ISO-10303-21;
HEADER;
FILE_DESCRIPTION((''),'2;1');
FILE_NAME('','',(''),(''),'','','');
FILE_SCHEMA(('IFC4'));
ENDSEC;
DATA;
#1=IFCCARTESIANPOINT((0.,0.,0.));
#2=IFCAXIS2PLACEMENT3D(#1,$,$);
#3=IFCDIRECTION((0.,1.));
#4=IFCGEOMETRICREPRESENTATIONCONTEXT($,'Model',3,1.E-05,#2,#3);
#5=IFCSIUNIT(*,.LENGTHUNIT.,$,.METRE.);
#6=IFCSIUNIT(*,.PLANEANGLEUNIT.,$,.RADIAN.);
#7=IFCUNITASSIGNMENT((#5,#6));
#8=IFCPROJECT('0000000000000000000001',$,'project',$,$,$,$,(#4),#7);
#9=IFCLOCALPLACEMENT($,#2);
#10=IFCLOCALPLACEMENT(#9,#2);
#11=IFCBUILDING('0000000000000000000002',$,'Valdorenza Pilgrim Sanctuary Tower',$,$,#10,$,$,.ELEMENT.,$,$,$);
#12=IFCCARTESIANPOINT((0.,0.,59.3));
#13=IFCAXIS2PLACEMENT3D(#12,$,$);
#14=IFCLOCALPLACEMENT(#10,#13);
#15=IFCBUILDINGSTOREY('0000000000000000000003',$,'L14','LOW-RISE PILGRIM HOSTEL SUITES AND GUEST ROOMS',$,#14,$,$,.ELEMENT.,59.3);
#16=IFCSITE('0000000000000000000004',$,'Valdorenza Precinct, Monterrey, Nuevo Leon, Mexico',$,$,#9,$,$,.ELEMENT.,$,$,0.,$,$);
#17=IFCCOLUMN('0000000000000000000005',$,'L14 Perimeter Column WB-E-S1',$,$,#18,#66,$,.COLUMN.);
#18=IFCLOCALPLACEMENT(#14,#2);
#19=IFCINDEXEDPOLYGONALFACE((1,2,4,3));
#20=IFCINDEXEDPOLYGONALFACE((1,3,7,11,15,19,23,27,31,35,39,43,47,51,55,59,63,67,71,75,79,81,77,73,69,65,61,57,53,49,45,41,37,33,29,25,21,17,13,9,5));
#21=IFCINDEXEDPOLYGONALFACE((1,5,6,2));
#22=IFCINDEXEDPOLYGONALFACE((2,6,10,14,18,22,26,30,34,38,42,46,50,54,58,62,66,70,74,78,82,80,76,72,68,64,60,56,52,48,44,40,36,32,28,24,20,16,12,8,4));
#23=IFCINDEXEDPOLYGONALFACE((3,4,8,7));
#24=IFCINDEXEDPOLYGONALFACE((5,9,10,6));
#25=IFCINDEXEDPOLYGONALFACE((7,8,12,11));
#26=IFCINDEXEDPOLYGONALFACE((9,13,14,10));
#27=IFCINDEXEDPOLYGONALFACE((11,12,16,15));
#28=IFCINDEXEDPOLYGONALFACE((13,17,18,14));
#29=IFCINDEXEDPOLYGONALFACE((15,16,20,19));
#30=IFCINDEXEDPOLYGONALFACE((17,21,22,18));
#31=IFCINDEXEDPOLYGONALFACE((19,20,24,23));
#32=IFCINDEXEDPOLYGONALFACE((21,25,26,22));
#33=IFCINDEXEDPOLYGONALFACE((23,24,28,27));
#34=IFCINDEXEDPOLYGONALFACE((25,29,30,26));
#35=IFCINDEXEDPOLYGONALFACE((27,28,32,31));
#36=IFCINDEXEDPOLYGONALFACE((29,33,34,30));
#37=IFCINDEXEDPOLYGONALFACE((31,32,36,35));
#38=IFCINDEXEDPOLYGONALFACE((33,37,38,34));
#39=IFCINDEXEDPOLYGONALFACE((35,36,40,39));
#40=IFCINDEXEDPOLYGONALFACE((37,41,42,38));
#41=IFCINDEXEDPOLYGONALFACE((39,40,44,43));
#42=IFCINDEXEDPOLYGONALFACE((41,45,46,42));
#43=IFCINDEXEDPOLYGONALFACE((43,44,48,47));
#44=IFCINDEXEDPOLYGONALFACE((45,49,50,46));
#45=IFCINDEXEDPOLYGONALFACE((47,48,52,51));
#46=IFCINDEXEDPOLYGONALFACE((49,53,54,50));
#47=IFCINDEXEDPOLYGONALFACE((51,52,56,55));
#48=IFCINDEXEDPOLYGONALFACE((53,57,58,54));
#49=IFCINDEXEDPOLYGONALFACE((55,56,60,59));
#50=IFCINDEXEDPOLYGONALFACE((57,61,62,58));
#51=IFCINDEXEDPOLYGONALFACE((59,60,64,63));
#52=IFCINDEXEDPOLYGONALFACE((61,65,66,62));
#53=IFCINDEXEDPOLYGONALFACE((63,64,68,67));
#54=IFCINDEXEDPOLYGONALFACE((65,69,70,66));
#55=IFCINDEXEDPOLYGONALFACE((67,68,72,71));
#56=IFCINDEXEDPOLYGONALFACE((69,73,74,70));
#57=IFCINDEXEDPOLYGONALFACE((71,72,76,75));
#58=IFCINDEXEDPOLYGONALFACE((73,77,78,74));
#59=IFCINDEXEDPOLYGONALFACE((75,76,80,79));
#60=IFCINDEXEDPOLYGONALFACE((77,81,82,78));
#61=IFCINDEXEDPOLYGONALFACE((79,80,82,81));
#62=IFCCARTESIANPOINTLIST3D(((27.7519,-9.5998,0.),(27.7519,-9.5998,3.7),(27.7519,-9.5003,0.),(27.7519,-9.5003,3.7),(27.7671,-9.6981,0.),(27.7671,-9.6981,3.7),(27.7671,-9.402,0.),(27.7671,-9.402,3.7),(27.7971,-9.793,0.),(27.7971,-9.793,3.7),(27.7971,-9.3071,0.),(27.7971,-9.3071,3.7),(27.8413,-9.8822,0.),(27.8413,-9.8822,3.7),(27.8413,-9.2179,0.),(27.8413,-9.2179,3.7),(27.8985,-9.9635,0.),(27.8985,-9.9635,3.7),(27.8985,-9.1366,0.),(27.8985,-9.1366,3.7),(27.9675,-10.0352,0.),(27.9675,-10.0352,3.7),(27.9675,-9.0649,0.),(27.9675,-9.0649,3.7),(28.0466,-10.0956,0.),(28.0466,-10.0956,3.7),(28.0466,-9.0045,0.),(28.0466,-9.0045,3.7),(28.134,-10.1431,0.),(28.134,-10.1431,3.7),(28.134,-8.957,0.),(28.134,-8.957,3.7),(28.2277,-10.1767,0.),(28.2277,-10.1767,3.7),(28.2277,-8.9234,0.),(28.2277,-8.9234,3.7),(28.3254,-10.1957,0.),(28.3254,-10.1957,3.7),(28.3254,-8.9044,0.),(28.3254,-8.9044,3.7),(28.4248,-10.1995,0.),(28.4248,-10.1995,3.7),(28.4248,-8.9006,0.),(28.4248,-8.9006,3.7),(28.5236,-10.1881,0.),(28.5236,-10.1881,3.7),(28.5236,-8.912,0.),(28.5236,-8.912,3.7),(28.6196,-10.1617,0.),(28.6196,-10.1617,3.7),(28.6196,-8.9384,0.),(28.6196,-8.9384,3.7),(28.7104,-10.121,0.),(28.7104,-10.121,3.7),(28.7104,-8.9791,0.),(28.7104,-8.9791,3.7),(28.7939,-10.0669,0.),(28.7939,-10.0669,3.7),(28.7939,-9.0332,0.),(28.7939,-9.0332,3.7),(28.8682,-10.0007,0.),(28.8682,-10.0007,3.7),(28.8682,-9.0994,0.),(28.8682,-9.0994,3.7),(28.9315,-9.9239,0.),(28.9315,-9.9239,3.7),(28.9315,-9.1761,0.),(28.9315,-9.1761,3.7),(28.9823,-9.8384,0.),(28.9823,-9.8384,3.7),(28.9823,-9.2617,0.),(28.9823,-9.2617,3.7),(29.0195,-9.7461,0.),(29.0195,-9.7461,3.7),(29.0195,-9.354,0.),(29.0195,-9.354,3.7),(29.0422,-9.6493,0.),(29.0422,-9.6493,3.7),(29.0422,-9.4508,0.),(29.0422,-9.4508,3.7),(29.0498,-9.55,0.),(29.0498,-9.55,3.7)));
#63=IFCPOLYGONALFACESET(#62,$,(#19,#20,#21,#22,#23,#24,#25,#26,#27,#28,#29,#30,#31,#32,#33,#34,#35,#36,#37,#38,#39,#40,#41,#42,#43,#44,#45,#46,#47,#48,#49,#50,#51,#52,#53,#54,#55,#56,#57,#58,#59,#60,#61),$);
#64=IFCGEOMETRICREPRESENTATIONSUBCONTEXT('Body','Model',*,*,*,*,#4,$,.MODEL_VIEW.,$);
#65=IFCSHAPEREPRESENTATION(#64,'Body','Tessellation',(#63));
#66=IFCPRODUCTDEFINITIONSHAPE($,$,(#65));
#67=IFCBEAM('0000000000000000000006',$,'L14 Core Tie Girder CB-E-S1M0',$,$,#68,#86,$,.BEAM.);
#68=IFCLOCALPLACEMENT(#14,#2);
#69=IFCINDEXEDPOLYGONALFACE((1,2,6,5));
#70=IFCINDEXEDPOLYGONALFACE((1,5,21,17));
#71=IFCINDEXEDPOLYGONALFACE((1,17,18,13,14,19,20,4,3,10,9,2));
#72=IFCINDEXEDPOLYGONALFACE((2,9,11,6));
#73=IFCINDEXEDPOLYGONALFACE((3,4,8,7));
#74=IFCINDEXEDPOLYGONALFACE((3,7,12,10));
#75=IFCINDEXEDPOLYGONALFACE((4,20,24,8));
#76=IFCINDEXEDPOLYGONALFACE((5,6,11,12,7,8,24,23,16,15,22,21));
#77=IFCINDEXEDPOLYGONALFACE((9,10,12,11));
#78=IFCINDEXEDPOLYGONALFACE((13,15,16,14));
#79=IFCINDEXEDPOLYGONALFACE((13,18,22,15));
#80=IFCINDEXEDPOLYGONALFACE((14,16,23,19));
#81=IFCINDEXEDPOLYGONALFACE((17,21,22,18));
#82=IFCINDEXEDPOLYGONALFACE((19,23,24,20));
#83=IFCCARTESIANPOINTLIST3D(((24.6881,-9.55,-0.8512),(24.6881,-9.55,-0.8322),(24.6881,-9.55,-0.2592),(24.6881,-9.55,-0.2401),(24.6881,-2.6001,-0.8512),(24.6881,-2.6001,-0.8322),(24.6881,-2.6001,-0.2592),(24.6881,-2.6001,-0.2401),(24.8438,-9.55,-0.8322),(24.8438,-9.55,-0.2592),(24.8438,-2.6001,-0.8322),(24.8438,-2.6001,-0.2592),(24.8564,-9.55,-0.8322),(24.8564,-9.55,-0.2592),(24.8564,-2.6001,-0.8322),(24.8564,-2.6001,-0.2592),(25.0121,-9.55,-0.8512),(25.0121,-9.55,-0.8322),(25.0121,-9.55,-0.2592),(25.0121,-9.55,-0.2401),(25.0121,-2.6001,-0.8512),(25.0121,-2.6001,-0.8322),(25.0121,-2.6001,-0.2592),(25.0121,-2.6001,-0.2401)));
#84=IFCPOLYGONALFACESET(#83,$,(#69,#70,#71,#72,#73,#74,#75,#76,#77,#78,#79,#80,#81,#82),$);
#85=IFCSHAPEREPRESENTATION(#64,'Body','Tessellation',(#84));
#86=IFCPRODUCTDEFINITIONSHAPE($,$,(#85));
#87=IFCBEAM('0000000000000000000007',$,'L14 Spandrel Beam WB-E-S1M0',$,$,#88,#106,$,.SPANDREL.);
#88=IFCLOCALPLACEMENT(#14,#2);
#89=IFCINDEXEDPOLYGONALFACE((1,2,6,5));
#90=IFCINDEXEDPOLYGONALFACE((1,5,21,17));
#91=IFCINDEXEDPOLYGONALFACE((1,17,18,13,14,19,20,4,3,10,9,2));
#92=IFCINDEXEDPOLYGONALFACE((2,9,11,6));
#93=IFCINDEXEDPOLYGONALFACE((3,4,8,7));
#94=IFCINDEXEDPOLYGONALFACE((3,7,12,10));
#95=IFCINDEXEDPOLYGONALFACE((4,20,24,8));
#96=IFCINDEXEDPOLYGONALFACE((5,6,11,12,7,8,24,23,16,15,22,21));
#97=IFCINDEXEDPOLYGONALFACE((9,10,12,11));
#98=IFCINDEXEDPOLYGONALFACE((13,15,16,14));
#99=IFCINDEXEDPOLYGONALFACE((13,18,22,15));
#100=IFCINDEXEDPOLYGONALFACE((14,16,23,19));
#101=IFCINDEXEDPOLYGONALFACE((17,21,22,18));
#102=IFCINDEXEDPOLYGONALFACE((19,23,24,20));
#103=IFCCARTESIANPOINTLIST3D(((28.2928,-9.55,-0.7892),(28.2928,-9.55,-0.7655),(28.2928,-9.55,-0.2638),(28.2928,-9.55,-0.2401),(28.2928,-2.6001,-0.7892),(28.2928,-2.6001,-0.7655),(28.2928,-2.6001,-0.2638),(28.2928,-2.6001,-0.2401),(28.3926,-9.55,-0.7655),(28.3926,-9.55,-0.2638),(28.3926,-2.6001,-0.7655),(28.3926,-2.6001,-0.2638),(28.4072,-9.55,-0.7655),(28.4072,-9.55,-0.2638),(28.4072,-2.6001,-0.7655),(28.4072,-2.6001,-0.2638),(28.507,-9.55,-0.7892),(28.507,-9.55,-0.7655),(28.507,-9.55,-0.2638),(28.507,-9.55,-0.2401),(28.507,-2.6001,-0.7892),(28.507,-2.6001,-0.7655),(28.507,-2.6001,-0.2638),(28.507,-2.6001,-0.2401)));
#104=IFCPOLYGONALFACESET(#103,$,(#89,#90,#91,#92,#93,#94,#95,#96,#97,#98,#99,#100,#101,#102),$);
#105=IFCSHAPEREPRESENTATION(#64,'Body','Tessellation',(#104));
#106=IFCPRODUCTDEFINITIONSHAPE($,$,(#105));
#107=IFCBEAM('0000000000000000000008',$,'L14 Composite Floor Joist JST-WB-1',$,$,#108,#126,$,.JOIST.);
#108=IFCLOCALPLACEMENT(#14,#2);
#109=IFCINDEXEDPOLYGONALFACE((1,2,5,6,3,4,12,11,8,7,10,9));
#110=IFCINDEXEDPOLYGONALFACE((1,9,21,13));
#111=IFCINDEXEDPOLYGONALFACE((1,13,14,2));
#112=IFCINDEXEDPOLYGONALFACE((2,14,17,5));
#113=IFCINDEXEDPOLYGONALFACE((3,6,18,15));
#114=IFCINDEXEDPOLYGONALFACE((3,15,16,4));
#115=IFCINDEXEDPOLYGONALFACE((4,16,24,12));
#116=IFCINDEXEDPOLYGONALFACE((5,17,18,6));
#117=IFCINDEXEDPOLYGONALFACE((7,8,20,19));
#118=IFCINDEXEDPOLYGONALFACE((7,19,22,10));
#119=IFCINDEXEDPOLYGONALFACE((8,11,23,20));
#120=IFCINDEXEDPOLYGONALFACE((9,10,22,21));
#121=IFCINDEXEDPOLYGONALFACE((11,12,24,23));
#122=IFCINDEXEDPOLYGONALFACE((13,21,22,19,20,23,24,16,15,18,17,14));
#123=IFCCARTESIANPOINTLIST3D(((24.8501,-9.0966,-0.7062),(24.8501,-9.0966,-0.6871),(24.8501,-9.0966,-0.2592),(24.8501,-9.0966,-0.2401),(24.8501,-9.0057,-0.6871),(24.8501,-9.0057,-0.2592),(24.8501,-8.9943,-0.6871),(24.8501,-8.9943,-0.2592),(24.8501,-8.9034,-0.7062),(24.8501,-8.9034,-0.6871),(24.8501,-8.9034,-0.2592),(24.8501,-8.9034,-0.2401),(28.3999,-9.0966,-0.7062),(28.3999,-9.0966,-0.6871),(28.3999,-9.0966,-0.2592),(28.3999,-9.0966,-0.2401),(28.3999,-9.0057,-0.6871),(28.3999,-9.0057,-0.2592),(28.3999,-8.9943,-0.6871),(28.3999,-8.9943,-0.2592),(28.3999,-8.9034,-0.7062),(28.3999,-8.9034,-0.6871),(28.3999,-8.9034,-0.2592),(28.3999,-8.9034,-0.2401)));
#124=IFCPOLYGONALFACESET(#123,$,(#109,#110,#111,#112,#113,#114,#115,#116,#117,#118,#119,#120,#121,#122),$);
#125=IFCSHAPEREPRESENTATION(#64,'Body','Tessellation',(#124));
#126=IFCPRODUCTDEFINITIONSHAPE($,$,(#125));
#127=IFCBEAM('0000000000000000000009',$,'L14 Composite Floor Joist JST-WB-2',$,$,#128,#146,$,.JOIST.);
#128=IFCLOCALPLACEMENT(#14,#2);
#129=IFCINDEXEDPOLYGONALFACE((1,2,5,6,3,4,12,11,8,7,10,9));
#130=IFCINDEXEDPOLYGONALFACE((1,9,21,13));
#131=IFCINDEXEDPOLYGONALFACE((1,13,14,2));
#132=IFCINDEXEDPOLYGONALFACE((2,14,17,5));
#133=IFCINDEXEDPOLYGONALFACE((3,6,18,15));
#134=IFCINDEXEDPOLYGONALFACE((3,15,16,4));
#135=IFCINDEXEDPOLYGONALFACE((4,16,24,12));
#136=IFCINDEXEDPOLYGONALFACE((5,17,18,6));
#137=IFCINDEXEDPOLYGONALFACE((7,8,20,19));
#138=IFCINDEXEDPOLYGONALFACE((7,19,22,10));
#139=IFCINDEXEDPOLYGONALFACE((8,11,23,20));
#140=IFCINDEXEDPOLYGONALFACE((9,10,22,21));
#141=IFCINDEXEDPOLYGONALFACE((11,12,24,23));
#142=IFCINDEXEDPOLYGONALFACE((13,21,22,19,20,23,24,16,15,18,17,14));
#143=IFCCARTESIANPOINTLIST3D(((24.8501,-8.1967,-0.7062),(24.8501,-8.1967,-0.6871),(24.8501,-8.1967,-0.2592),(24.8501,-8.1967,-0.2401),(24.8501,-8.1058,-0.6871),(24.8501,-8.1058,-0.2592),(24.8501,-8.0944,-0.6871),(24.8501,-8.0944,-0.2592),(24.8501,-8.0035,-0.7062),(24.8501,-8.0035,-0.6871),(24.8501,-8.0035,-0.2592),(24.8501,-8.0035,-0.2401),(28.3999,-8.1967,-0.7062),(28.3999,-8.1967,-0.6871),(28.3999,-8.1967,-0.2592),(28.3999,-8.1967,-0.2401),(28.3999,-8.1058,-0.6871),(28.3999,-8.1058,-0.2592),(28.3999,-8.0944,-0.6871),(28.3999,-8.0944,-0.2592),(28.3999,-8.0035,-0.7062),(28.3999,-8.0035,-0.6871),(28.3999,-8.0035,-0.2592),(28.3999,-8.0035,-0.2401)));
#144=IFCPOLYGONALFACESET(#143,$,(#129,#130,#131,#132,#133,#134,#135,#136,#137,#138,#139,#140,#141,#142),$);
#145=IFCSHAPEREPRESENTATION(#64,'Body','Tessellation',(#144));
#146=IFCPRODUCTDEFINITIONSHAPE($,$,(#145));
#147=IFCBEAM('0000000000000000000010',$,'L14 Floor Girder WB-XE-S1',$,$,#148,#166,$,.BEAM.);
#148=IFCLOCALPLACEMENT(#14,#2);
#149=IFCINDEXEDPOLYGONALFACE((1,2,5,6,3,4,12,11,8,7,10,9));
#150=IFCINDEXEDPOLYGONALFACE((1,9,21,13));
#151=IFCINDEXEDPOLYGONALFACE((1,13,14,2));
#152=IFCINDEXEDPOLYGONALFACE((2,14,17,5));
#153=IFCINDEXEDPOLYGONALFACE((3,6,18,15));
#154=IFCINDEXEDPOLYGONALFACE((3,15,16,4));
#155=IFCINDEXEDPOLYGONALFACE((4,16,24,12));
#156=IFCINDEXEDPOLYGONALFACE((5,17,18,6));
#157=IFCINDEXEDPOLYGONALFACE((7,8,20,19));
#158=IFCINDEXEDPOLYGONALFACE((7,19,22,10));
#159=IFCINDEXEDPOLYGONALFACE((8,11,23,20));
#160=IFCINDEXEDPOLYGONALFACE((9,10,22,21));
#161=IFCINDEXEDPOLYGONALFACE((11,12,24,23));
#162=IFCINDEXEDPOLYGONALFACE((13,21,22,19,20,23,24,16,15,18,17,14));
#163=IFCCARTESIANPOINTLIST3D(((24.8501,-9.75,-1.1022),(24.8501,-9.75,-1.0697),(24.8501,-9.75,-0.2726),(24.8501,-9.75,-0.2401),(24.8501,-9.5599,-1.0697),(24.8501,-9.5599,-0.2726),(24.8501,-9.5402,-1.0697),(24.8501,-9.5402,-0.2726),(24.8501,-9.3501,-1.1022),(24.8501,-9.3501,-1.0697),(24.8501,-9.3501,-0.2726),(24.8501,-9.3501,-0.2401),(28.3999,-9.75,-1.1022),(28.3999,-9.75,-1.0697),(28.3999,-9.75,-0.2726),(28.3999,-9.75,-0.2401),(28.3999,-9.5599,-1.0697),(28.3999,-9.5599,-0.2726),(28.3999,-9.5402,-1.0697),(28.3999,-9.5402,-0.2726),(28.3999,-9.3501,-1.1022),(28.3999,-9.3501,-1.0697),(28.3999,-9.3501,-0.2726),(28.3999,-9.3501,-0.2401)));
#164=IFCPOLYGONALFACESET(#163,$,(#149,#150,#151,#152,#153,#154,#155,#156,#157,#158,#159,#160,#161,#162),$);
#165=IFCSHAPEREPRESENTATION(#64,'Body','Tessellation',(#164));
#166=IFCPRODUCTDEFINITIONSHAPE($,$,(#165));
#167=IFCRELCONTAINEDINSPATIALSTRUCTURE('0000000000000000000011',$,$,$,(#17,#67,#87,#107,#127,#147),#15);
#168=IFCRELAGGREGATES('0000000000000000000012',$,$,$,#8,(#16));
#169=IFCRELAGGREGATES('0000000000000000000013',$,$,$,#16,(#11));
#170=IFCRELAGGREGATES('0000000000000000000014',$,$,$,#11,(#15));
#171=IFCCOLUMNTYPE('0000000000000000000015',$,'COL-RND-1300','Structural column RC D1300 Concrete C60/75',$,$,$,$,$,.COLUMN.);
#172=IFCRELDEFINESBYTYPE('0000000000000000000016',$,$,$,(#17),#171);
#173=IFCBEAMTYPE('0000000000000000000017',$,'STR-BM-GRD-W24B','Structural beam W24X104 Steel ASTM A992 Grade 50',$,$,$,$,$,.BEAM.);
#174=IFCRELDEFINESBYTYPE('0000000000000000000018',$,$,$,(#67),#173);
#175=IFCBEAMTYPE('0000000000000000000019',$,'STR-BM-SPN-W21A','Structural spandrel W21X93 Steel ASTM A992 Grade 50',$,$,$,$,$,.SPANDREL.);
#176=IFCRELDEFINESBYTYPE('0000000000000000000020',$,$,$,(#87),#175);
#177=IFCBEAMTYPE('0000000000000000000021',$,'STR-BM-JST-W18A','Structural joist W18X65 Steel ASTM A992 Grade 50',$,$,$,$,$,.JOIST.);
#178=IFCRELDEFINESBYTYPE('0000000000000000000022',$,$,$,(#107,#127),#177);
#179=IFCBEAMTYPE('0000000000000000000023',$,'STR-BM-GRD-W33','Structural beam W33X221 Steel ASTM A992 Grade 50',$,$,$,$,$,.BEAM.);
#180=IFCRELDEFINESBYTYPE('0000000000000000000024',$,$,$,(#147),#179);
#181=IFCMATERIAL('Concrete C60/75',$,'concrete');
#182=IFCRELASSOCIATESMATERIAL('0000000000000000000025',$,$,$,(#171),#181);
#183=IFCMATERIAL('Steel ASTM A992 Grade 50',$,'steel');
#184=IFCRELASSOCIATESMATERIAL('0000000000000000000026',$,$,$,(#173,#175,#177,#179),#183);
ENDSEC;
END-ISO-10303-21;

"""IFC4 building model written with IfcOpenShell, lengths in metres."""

from ifc_helpers import new_model, si_unit, direction, frame, origin, origin_2d, place, context, subcontext, project, spatial, circle, i_section, extrude, source, transform, mapped, material, material_profile, profile_set, type_object, element, save


model = new_model("IFC4")

# Units and contexts
model_context = context("Model", 3, precision=1e-05, world=origin(), true_north=direction((0.0, 1.0)))
body_context = subcontext(model_context, "Body", "Model", "MODEL_VIEW")
ifc_project = project(units=[si_unit("LENGTHUNIT", "METRE"), si_unit("PLANEANGLEUNIT", "RADIAN")], contexts=[model_context])

# Site, building, storey
site_placement = place(None, origin())
site = spatial("IfcSite", under=ifc_project, at=site_placement, Name="Valdorenza Precinct, Monterrey, Nuevo Leon, Mexico", CompositionType="ELEMENT", RefElevation=0.0)
building_placement = place(site_placement, origin())
building = spatial("IfcBuilding", under=site, at=building_placement, Name="Valdorenza Pilgrim Sanctuary Tower", CompositionType="ELEMENT")
storey_placement = place(building_placement, frame((0.0, 0.0, 59.3)))
storey = spatial("IfcBuildingStorey", under=building, at=storey_placement, Name="L14", Description="LOW-RISE PILGRIM HOSTEL SUITES AND GUEST ROOMS", CompositionType="ELEMENT", Elevation=59.3)

# Column
ifc_material_1 = material(Name="Concrete C60/75", Category="concrete")
ifc_material_profile_1 = material_profile(ifc_material_1, circle(Radius=0.6499, at=origin_2d()), Name="RC D1300")
ifc_profile_set_1 = profile_set([ifc_material_profile_1], Name="Concrete C60/75")
column_type = type_object("IfcColumnType", Name="COL-RND-1300", Description="Structural column RC D1300 Concrete C60/75", PredefinedType="COLUMN", material=ifc_profile_set_1)
shared_shape_1 = source(origin(), body_context, "Body", "SweptSolid", [
    extrude(circle(Radius=0.6499, at=origin_2d()), origin(), (0.0, 0.0, 1.0), 3.7),
])
column_placement = place(storey_placement, frame((28.3999, -9.55, 0.0), z_axis=(0.0, 0.0, 1.0), x_axis=(1.0, 0.0, 0.0)))
element("IfcColumn", 1, at=column_placement, inside=storey, type_object=column_type, Name="L14 Perimeter Column WB-E-S1", PredefinedType="COLUMN", context=body_context, shape_type="MappedRepresentation", body=[
    mapped(shared_shape_1, transform((0.0, 0.0, 0.0), x_axis=(1.0, 0.0, 0.0), y_axis=(0.0, 1.0, 0.0), z_axis=(0.0, 0.0, 1.0), scale=1.0)),
])

# Beams
ifc_material_2 = material(Name="Steel ASTM A992 Grade 50", Category="steel")
ifc_material_profile_2 = material_profile(ifc_material_2, i_section(OverallWidth=0.324, OverallDepth=0.6111, WebThickness=0.0127, FlangeThickness=0.019, at=origin_2d()), Name="W24X104")
ifc_profile_set_2 = profile_set([ifc_material_profile_2], Name="Steel ASTM A992 Grade 50")
beam_type_1 = type_object("IfcBeamType", Name="STR-BM-GRD-W24B", Description="Structural beam W24X104 Steel ASTM A992 Grade 50", PredefinedType="BEAM", material=ifc_profile_set_2)
shared_shape_2 = source(origin(), body_context, "Body", "SweptSolid", [
    extrude(i_section(OverallWidth=0.324, OverallDepth=0.6111, WebThickness=0.0127, FlangeThickness=0.019, at=origin_2d()), origin(), (0.0, 0.0, 1.0), 6.95),
])
beam_1_placement = place(storey_placement, frame((24.8501, -9.55, -0.5457), z_axis=(0.0, 1.0, 0.0), x_axis=(-1.0, 0.0, 0.0)))
element("IfcBeam", 2, at=beam_1_placement, inside=storey, type_object=beam_type_1, Name="L14 Core Tie Girder CB-E-S1M0", PredefinedType="BEAM", context=body_context, shape_type="MappedRepresentation", body=[
    mapped(shared_shape_2, transform((0.0, 0.0, 0.0), x_axis=(1.0, 0.0, 0.0), y_axis=(0.0, 1.0, 0.0), z_axis=(0.0, 0.0, 1.0), scale=1.0)),
])
ifc_material_profile_3 = material_profile(ifc_material_2, i_section(OverallWidth=0.2141, OverallDepth=0.5491, WebThickness=0.0146, FlangeThickness=0.0237, at=origin_2d()), Name="W21X93")
ifc_profile_set_3 = profile_set([ifc_material_profile_3], Name="Steel ASTM A992 Grade 50")
beam_type_2 = type_object("IfcBeamType", Name="STR-BM-SPN-W21A", Description="Structural spandrel W21X93 Steel ASTM A992 Grade 50", PredefinedType="SPANDREL", material=ifc_profile_set_3)
shared_shape_3 = source(origin(), body_context, "Body", "SweptSolid", [
    extrude(i_section(OverallWidth=0.2141, OverallDepth=0.5491, WebThickness=0.0146, FlangeThickness=0.0237, at=origin_2d()), origin(), (0.0, 0.0, 1.0), 6.95),
])
beam_2_placement = place(storey_placement, frame((28.3999, -9.55, -0.5146), z_axis=(0.0, 1.0, 0.0), x_axis=(-1.0, 0.0, 0.0)))
element("IfcBeam", 3, at=beam_2_placement, inside=storey, type_object=beam_type_2, Name="L14 Spandrel Beam WB-E-S1M0", PredefinedType="SPANDREL", context=body_context, shape_type="MappedRepresentation", body=[
    mapped(shared_shape_3, transform((0.0, 0.0, 0.0), x_axis=(1.0, 0.0, 0.0), y_axis=(0.0, 1.0, 0.0), z_axis=(0.0, 0.0, 1.0), scale=1.0)),
])
ifc_material_profile_4 = material_profile(ifc_material_2, i_section(OverallWidth=0.1931, OverallDepth=0.4661, WebThickness=0.0115, FlangeThickness=0.019, at=origin_2d()), Name="W18X65")
ifc_profile_set_4 = profile_set([ifc_material_profile_4], Name="Steel ASTM A992 Grade 50")
beam_type_3 = type_object("IfcBeamType", Name="STR-BM-JST-W18A", Description="Structural joist W18X65 Steel ASTM A992 Grade 50", PredefinedType="JOIST", material=ifc_profile_set_4)
shared_shape_4 = source(origin(), body_context, "Body", "SweptSolid", [
    extrude(i_section(OverallWidth=0.1931, OverallDepth=0.4661, WebThickness=0.0115, FlangeThickness=0.019, at=origin_2d()), origin(), (0.0, 0.0, 1.0), 3.5498),
])
for number, where, z_axis, x_axis, name in (
    (4, (24.8501, -9.0, -0.4731), (1.0, 0.0, 0.0), (0.0, 1.0, 0.0), "L14 Composite Floor Joist JST-WB-1"),
    (5, (24.8501, -8.1001, -0.4731), (1.0, 0.0, 0.0), (0.0, 1.0, 0.0), "L14 Composite Floor Joist JST-WB-2"),
):
    element("IfcBeam", number, at=place(storey_placement, frame(where, z_axis=z_axis, x_axis=x_axis)), inside=storey, type_object=beam_type_3, Name=name, PredefinedType="JOIST", context=body_context, shape_type="MappedRepresentation", body=[
        mapped(shared_shape_4, transform((0.0, 0.0, 0.0), x_axis=(1.0, 0.0, 0.0), y_axis=(0.0, 1.0, 0.0), z_axis=(0.0, 0.0, 1.0), scale=1.0)),
    ])
ifc_material_profile_5 = material_profile(ifc_material_2, i_section(OverallWidth=0.3999, OverallDepth=0.8621, WebThickness=0.0198, FlangeThickness=0.0325, at=origin_2d()), Name="W33X221")
ifc_profile_set_5 = profile_set([ifc_material_profile_5], Name="Steel ASTM A992 Grade 50")
beam_type_4 = type_object("IfcBeamType", Name="STR-BM-GRD-W33", Description="Structural beam W33X221 Steel ASTM A992 Grade 50", PredefinedType="BEAM", material=ifc_profile_set_5)
shared_shape_5 = source(origin(), body_context, "Body", "SweptSolid", [
    extrude(i_section(OverallWidth=0.3999, OverallDepth=0.8621, WebThickness=0.0198, FlangeThickness=0.0325, at=origin_2d()), origin(), (0.0, 0.0, 1.0), 3.5498),
])
beam_3_placement = place(storey_placement, frame((24.8501, -9.55, -0.6711), z_axis=(1.0, 0.0, 0.0), x_axis=(0.0, 1.0, 0.0)))
element("IfcBeam", 6, at=beam_3_placement, inside=storey, type_object=beam_type_4, Name="L14 Floor Girder WB-XE-S1", PredefinedType="BEAM", context=body_context, shape_type="MappedRepresentation", body=[
    mapped(shared_shape_5, transform((0.0, 0.0, 0.0), x_axis=(1.0, 0.0, 0.0), y_axis=(0.0, 1.0, 0.0), z_axis=(0.0, 0.0, 1.0), scale=1.0)),
])

save(model, "model.ifc")
